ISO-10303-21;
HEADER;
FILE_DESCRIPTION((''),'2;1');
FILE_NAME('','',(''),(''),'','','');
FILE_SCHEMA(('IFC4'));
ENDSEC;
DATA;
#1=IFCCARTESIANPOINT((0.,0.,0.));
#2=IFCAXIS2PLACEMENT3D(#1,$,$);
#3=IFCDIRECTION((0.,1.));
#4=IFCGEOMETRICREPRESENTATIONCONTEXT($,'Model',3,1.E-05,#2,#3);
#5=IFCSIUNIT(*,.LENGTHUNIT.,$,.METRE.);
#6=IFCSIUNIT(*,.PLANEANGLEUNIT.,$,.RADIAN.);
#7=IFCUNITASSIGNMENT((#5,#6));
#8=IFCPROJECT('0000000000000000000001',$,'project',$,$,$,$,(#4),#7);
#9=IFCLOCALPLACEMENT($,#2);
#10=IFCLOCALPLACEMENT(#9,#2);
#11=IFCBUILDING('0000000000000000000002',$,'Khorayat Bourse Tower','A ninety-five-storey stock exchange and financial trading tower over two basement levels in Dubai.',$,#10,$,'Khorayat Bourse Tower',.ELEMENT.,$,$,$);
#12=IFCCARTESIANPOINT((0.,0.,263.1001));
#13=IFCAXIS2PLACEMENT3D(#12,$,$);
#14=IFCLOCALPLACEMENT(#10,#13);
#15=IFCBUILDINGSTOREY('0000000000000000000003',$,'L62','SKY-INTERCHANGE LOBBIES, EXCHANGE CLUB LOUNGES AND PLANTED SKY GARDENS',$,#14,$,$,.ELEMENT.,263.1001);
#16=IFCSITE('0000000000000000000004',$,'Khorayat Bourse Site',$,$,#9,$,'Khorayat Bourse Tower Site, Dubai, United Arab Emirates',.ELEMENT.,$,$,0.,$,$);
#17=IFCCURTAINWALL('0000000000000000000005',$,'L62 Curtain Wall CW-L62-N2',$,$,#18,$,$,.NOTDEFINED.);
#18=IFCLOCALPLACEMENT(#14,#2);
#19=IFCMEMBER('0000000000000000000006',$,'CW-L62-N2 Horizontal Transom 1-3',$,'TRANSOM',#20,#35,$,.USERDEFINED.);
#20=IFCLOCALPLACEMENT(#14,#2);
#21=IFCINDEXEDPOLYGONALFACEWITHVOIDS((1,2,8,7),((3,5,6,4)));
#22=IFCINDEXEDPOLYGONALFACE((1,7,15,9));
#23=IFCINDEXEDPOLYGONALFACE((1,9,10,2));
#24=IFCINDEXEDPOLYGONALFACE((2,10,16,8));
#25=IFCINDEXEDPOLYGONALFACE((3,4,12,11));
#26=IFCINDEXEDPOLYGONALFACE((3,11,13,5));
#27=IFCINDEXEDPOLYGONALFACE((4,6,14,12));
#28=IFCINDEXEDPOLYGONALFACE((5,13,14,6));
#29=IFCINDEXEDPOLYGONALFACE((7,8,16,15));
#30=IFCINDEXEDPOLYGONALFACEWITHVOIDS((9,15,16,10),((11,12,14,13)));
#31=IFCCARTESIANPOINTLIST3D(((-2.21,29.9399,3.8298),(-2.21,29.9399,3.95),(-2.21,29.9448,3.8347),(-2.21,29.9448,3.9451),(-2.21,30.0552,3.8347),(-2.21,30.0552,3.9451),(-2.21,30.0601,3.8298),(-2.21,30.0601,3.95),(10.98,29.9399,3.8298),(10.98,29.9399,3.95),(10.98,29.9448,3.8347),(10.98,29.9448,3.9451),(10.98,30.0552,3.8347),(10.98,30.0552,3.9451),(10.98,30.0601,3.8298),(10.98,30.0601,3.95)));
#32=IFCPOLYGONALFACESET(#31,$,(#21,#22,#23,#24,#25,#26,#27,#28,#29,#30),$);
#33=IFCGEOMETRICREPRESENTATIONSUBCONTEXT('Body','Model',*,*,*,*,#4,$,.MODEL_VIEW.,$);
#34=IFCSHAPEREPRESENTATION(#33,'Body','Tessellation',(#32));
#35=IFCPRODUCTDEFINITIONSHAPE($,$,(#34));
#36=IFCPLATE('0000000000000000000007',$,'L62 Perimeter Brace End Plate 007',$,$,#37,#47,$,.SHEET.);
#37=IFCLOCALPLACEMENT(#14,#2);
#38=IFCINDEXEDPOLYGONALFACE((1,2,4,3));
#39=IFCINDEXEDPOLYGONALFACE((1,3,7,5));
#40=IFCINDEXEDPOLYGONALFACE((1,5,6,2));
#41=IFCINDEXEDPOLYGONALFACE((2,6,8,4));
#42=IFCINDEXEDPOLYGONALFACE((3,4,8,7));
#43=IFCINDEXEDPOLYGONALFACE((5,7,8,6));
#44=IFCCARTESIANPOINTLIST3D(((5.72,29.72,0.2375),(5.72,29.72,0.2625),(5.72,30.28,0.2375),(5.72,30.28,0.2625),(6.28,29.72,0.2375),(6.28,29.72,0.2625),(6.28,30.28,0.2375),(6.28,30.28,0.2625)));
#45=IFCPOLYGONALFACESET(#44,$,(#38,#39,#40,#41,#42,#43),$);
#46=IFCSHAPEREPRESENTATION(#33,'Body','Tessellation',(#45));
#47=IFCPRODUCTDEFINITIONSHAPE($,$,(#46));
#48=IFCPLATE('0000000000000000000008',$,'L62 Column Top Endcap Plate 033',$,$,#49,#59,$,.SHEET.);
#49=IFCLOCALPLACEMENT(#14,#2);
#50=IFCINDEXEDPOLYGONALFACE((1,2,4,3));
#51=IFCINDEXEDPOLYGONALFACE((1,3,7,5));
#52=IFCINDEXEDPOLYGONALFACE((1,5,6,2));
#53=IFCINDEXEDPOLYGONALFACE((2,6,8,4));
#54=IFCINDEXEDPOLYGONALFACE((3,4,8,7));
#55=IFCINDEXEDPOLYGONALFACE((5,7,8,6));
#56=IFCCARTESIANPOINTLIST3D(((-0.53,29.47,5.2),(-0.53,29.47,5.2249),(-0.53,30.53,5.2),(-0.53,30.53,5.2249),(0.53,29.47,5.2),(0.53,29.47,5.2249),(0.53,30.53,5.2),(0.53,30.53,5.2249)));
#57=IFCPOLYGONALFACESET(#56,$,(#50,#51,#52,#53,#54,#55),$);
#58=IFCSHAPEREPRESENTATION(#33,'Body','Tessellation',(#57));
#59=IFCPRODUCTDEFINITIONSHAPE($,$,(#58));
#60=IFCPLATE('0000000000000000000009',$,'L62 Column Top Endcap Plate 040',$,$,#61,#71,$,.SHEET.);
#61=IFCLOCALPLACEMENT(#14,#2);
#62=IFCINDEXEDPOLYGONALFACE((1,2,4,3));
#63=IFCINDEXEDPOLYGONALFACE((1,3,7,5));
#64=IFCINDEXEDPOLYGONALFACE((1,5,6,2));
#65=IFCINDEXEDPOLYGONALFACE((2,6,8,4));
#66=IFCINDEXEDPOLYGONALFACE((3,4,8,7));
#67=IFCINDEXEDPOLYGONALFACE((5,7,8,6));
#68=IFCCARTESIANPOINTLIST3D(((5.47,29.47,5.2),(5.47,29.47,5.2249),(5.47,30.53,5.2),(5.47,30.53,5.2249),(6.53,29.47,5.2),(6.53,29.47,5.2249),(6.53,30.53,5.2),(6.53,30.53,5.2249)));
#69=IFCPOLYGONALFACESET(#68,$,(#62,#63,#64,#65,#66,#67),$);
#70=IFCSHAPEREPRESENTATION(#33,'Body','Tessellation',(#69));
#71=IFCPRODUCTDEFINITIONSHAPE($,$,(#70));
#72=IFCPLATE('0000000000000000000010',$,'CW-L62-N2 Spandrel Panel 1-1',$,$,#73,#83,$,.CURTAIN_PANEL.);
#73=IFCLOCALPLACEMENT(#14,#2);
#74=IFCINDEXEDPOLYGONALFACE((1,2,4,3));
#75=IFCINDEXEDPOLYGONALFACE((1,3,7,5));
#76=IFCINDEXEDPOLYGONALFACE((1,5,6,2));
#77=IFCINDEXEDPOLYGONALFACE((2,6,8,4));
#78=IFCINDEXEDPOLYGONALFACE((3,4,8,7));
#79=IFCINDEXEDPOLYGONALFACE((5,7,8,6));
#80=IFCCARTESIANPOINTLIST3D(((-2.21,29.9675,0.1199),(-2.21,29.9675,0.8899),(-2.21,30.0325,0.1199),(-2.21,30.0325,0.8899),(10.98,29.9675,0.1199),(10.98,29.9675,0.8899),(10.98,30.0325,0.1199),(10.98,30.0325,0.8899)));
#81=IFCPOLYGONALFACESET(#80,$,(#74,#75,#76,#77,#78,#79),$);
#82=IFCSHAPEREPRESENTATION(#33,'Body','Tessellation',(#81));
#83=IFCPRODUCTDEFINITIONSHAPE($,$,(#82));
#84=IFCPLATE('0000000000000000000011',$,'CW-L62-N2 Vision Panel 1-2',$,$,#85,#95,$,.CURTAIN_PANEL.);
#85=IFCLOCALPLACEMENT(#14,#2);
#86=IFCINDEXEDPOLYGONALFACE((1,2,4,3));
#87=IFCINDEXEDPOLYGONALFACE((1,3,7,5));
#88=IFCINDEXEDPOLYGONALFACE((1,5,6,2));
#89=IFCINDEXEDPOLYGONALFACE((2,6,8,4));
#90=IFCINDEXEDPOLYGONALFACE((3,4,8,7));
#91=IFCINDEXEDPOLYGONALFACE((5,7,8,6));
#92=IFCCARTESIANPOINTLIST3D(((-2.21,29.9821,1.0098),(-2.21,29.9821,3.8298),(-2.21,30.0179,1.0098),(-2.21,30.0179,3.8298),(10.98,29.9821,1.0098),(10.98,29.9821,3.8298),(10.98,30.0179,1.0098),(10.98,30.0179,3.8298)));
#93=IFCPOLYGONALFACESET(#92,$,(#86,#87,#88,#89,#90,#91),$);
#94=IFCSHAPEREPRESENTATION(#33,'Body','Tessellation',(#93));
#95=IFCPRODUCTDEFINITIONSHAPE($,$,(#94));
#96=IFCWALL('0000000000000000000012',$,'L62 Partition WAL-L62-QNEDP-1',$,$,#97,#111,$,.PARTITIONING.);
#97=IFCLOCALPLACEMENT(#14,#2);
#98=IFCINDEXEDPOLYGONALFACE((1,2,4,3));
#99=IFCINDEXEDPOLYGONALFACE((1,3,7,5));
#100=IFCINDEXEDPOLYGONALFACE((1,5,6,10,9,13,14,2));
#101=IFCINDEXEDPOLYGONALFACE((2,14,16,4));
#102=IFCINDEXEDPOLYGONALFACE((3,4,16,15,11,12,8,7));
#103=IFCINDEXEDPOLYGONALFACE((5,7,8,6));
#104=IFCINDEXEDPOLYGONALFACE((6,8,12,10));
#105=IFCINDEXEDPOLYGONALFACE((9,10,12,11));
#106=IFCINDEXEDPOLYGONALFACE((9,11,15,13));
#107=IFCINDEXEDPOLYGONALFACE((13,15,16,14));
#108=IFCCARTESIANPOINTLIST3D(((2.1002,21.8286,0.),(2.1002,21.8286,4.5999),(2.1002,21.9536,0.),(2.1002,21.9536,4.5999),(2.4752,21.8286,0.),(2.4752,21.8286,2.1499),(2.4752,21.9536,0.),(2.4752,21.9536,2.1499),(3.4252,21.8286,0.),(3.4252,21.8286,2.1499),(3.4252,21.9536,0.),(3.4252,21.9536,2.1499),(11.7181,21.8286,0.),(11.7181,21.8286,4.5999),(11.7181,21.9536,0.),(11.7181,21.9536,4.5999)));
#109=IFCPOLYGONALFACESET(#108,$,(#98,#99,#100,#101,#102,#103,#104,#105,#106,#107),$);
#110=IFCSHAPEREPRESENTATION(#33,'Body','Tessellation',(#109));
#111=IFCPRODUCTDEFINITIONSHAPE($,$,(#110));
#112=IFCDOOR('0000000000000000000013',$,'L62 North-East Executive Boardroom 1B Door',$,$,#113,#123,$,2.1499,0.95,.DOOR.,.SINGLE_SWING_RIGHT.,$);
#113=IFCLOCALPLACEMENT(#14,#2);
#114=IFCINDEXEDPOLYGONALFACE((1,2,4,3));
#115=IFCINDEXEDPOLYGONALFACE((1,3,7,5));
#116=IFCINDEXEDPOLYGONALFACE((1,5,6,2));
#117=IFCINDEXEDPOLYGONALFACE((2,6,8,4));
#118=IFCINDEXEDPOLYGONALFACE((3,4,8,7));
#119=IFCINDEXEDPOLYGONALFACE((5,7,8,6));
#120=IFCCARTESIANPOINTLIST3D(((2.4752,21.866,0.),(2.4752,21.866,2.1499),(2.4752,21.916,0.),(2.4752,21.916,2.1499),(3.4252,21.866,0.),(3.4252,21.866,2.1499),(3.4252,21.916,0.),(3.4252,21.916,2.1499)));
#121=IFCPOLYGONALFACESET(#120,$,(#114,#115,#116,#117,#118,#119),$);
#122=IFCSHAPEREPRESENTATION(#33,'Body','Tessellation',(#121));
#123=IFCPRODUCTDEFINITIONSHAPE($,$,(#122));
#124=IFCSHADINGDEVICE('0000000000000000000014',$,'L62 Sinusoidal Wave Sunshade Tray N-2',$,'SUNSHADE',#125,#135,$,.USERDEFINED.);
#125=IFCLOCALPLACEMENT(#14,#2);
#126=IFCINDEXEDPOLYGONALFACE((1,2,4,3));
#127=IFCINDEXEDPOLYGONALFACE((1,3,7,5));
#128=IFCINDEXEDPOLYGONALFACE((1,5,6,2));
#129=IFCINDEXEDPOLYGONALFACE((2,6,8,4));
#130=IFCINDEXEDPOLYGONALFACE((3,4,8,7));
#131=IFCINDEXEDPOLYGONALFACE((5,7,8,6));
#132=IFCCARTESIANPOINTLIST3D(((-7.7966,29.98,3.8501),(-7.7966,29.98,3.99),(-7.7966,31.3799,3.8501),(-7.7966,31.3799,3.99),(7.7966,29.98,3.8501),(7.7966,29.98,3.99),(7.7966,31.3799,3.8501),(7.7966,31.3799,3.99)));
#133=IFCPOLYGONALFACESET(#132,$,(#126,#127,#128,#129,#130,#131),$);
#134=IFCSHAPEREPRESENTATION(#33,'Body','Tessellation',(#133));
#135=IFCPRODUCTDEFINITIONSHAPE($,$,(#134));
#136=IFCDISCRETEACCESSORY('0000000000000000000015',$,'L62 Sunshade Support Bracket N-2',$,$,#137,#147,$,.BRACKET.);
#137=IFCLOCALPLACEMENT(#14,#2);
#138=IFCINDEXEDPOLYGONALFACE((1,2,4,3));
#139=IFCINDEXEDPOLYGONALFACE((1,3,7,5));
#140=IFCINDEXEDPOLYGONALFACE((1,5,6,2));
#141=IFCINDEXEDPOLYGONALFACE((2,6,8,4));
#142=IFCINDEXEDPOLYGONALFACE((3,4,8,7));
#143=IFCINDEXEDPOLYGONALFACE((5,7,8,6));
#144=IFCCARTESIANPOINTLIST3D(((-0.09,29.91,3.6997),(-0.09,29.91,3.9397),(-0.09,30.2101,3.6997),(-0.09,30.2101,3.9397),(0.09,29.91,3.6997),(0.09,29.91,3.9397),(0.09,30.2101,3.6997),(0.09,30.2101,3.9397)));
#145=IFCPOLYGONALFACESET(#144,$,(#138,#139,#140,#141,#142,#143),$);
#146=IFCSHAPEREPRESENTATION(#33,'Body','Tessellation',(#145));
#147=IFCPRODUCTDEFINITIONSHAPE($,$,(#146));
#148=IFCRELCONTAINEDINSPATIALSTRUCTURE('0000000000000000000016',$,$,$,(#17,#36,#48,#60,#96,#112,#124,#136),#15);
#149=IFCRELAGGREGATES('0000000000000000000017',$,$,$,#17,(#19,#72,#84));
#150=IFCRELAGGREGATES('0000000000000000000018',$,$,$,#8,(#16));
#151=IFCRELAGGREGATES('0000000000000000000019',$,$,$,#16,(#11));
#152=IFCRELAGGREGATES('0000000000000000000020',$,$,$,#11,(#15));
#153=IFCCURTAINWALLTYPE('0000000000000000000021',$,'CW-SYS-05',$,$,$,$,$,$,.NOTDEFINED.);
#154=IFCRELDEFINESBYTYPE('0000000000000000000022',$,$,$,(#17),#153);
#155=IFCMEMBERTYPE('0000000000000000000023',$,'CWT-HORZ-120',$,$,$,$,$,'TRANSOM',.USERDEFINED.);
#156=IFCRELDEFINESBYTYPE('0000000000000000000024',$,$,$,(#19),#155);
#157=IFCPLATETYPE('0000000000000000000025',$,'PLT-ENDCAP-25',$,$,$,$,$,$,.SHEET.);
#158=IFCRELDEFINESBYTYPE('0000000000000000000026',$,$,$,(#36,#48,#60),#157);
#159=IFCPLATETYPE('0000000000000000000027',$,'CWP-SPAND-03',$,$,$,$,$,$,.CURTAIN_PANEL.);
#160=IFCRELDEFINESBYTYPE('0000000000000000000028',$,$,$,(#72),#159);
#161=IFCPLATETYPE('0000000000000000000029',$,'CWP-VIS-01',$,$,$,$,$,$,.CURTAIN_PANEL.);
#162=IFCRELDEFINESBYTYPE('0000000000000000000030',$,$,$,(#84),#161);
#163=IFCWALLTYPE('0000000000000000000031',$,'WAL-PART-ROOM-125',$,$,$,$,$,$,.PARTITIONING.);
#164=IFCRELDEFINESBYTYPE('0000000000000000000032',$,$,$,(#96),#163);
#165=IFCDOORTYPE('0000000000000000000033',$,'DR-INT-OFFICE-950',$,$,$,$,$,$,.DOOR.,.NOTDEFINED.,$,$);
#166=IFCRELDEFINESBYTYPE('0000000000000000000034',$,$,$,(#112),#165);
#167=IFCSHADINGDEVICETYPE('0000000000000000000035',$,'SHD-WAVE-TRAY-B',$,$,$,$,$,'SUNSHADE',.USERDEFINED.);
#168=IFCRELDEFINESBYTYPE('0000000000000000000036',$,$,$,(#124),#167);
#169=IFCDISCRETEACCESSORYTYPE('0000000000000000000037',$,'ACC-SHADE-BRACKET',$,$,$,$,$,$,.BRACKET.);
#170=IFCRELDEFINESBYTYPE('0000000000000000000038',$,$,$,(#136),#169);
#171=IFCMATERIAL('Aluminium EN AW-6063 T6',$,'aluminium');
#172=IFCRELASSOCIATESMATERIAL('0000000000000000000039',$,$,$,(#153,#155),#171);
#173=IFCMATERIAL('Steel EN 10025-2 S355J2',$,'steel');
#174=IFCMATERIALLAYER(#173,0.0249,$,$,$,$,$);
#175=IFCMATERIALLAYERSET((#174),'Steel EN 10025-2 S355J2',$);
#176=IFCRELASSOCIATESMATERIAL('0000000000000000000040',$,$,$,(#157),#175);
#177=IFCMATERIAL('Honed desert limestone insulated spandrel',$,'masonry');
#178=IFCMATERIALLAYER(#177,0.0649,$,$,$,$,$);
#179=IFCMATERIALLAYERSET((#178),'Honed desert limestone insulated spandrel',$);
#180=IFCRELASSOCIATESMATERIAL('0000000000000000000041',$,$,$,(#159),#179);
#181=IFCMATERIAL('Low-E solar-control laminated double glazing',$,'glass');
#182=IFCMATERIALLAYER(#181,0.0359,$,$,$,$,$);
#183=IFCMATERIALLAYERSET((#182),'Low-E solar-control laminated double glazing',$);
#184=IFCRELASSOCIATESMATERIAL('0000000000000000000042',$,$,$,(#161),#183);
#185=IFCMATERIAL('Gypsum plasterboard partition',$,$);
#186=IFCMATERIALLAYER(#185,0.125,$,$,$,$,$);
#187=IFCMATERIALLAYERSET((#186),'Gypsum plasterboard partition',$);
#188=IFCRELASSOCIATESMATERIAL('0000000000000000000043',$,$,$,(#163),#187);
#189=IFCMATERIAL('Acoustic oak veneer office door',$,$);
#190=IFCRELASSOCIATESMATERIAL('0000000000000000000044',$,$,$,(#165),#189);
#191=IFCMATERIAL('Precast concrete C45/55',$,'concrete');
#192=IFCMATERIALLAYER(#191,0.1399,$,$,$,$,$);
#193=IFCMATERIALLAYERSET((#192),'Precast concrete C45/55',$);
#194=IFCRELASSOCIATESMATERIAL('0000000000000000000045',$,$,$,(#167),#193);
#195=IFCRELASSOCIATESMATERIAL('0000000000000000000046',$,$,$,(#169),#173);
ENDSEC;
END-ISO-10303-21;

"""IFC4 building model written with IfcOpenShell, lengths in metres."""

from ifc_helpers import new_model, si_unit, direction, frame, frame_2d, origin, origin_2d, place, context, subcontext, project, spatial, rectangle, hollow_rectangle, extrude, source, transform, mapped, material, layer, layer_set, material_profile, profile_set, type_object, element, fill, aggregate, save


model = new_model("IFC4")

# Units and contexts
model_context = context("Model", 3, precision=1e-05, world=origin(), true_north=direction((0.0, 1.0)))
body_context = subcontext(model_context, "Body", "Model", "MODEL_VIEW")
ifc_project = project(units=[si_unit("LENGTHUNIT", "METRE"), si_unit("PLANEANGLEUNIT", "RADIAN")], contexts=[model_context])

# Site, building, storey
site_placement = place(None, origin())
site = spatial("IfcSite", under=ifc_project, at=site_placement, Name="Khorayat Bourse Site", LongName="Khorayat Bourse Tower Site, Dubai, United Arab Emirates", CompositionType="ELEMENT", RefElevation=0.0)
building_placement = place(site_placement, origin())
building = spatial("IfcBuilding", under=site, at=building_placement, Name="Khorayat Bourse Tower", Description="A ninety-five-storey stock exchange and financial trading tower over two basement levels in Dubai.", LongName="Khorayat Bourse Tower", CompositionType="ELEMENT")
storey_placement = place(building_placement, frame((0.0, 0.0, 263.1001)))
storey = spatial("IfcBuildingStorey", under=building, at=storey_placement, Name="L62", Description="SKY-INTERCHANGE LOBBIES, EXCHANGE CLUB LOUNGES AND PLANTED SKY GARDENS", CompositionType="ELEMENT", Elevation=263.1001)

# Curtain wall, member
ifc_material_1 = material(Name="Aluminium EN AW-6063 T6", Category="aluminium")
curtain_wall_type = type_object("IfcCurtainWallType", Name="CW-SYS-05", PredefinedType="NOTDEFINED", material=ifc_material_1)
curtain_wall_placement = place(storey_placement, origin())
curtain_wall = element("IfcCurtainWall", 1, at=curtain_wall_placement, inside=storey, type_object=curtain_wall_type, Name="L62 Curtain Wall CW-L62-N2", PredefinedType="NOTDEFINED")
ifc_material_profile_1 = material_profile(ifc_material_1, hollow_rectangle(XDim=0.1201, YDim=0.1201, WallThickness=0.0049, at=origin_2d()), Name="ALU 120x120x5")
ifc_profile_set_1 = profile_set([ifc_material_profile_1], Name="Aluminium EN AW-6063 T6")
member_type_1 = type_object("IfcMemberType", Name="CWT-HORZ-120", ElementType="TRANSOM", PredefinedType="USERDEFINED", material=ifc_profile_set_1)
shared_shape_1 = source(origin(), body_context, "Body", "SweptSolid", [
    extrude(hollow_rectangle(XDim=0.1201, YDim=0.1201, WallThickness=0.0049, at=origin_2d()), origin(), (0.0, 0.0, 1.0), 13.1899),
])
member_1_placement = place(storey_placement, frame((-2.21, 30.0, 3.8899), z_axis=(1.0, 0.0, 0.0), x_axis=(0.0, 1.0, 0.0)))
member_1 = element("IfcMember", 2, at=member_1_placement, type_object=member_type_1, Name="CW-L62-N2 Horizontal Transom 1-3", ObjectType="TRANSOM", PredefinedType="USERDEFINED", context=body_context, shape_type="MappedRepresentation", body=[
    mapped(shared_shape_1, transform((0.0, 0.0, 0.0), scale=1.0)),
])

# Plates
ifc_material_2 = material(Name="Steel EN 10025-2 S355J2", Category="steel")
ifc_layer_1 = layer(ifc_material_2, 0.0249)
ifc_layer_set_1 = layer_set([ifc_layer_1], Name="Steel EN 10025-2 S355J2")
plate_type_1 = type_object("IfcPlateType", Name="PLT-ENDCAP-25", PredefinedType="SHEET", material=ifc_layer_set_1)
shared_shape_2 = source(origin(), body_context, "Body", "SweptSolid", [
    extrude(rectangle(XDim=0.5601, YDim=0.5601, at=origin_2d()), origin(), (0.0, 0.0, 1.0), 0.0249),
])
plate_1_placement = place(storey_placement, frame((6.0, 30.0, 0.2375), z_axis=(0.0, 0.0, 1.0), x_axis=(1.0, 0.0, 0.0)))
element("IfcPlate", 3, at=plate_1_placement, inside=storey, type_object=plate_type_1, Name="L62 Perimeter Brace End Plate 007", PredefinedType="SHEET", context=body_context, shape_type="MappedRepresentation", body=[
    mapped(shared_shape_2, transform((0.0, 0.0, 0.0), scale=1.0)),
])
shared_shape_3 = source(origin(), body_context, "Body", "SweptSolid", [
    extrude(rectangle(XDim=1.0601, YDim=1.0601, at=origin_2d()), origin(), (0.0, 0.0, 1.0), 0.0249),
])
for number, where, z_axis, x_axis, name in (
    (4, (0.0, 30.0, 5.2), (0.0, 0.0, 1.0), (1.0, 0.0, 0.0), "L62 Column Top Endcap Plate 033"),
    (5, (6.0, 30.0, 5.2), (0.0, 0.0, 1.0), (1.0, 0.0, 0.0), "L62 Column Top Endcap Plate 040"),
):
    element("IfcPlate", number, at=place(storey_placement, frame(where, z_axis=z_axis, x_axis=x_axis)), inside=storey, type_object=plate_type_1, Name=name, PredefinedType="SHEET", context=body_context, shape_type="MappedRepresentation", body=[
        mapped(shared_shape_3, transform((0.0, 0.0, 0.0), scale=1.0)),
    ])

# Plates
ifc_material_3 = material(Name="Honed desert limestone insulated spandrel", Category="masonry")
ifc_layer_2 = layer(ifc_material_3, 0.0649)
ifc_layer_set_2 = layer_set([ifc_layer_2], Name="Honed desert limestone insulated spandrel")
plate_type_2 = type_object("IfcPlateType", Name="CWP-SPAND-03", PredefinedType="CURTAIN_PANEL", material=ifc_layer_set_2)
shared_shape_4 = source(origin(), body_context, "Body", "SweptSolid", [
    extrude(rectangle(XDim=13.1899, YDim=0.0649, at=origin_2d()), origin(), (0.0, 0.0, 1.0), 0.77),
])
plate_2_placement = place(storey_placement, frame((4.385, 30.0, 0.1199), z_axis=(0.0, 0.0, 1.0), x_axis=(1.0, 0.0, 0.0)))
plate_2 = element("IfcPlate", 6, at=plate_2_placement, type_object=plate_type_2, Name="CW-L62-N2 Spandrel Panel 1-1", PredefinedType="CURTAIN_PANEL", context=body_context, shape_type="MappedRepresentation", body=[
    mapped(shared_shape_4, transform((0.0, 0.0, 0.0), scale=1.0)),
])
ifc_material_4 = material(Name="Low-E solar-control laminated double glazing", Category="glass")
ifc_layer_3 = layer(ifc_material_4, 0.0359)
ifc_layer_set_3 = layer_set([ifc_layer_3], Name="Low-E solar-control laminated double glazing")
plate_type_3 = type_object("IfcPlateType", Name="CWP-VIS-01", PredefinedType="CURTAIN_PANEL", material=ifc_layer_set_3)
shared_shape_5 = source(origin(), body_context, "Body", "SweptSolid", [
    extrude(rectangle(XDim=13.1899, YDim=0.0359, at=origin_2d()), origin(), (0.0, 0.0, 1.0), 2.8201),
])
plate_3_placement = place(storey_placement, frame((4.385, 30.0, 1.0098), z_axis=(0.0, 0.0, 1.0), x_axis=(1.0, 0.0, 0.0)))
plate_3 = element("IfcPlate", 7, at=plate_3_placement, type_object=plate_type_3, Name="CW-L62-N2 Vision Panel 1-2", PredefinedType="CURTAIN_PANEL", context=body_context, shape_type="MappedRepresentation", body=[
    mapped(shared_shape_5, transform((0.0, 0.0, 0.0), scale=1.0)),
])
aggregate(curtain_wall, [member_1, plate_2, plate_3])

# Wall, opening, door
ifc_material_5 = material(Name="Gypsum plasterboard partition")
ifc_layer_4 = layer(ifc_material_5, 0.125)
ifc_layer_set_4 = layer_set([ifc_layer_4], Name="Gypsum plasterboard partition")
wall_type = type_object("IfcWallType", Name="WAL-PART-ROOM-125", PredefinedType="PARTITIONING", material=ifc_layer_set_4)
shared_shape_6 = source(origin(), body_context, "Body", "SweptSolid", [
    extrude(rectangle(XDim=9.6179, YDim=0.125, at=frame_2d((4.8091, 0.0))), origin(), (0.0, 0.0, 1.0), 4.5999),
])
wall_placement = place(storey_placement, frame((2.1001, 21.8911, 0.0), z_axis=(0.0, 0.0, 1.0), x_axis=(1.0, 0.0, 0.0)))
wall = element("IfcWall", 8, at=wall_placement, inside=storey, type_object=wall_type, Name="L62 Partition WAL-L62-QNEDP-1", PredefinedType="PARTITIONING", context=body_context, shape_type="MappedRepresentation", body=[
    mapped(shared_shape_6, transform((0.0, 0.0, 0.0), scale=1.0)),
])
shared_shape_7 = source(origin(), body_context, "Body", "SweptSolid", [
    extrude(rectangle(XDim=0.95, YDim=2.1499, at=frame_2d((0.4751, 1.075))), frame((0.0, 0.0725, 0.0), z_axis=(0.0, -1.0, 0.0), x_axis=(1.0, 0.0, 0.0)), (0.0, 0.0, 1.0), 0.145),
])
opening_placement = place(wall_placement, frame((0.375, 0.0, 0.0)))
opening = element("IfcOpeningElement", 9, at=opening_placement, cuts=wall, PredefinedType="OPENING", context=body_context, shape_type="MappedRepresentation", body=[
    mapped(shared_shape_7, transform((0.0, 0.0, 0.0), scale=1.0)),
])
ifc_material_6 = material(Name="Acoustic oak veneer office door")
door_type = type_object("IfcDoorType", Name="DR-INT-OFFICE-950", OperationType="NOTDEFINED", PredefinedType="DOOR", material=ifc_material_6)
shared_shape_8 = source(origin(), body_context, "Body", "SweptSolid", [
    extrude(rectangle(XDim=0.95, YDim=2.1499, at=frame_2d((0.4751, 1.075))), frame((0.0, 0.0249, 0.0), z_axis=(0.0, -1.0, 0.0), x_axis=(1.0, 0.0, 0.0)), (0.0, 0.0, 1.0), 0.05),
])
door_placement = place(opening_placement, origin())
door = element("IfcDoor", 10, at=door_placement, inside=storey, type_object=door_type, Name="L62 North-East Executive Boardroom 1B Door", OperationType="SINGLE_SWING_RIGHT", OverallHeight=2.1499, OverallWidth=0.95, PredefinedType="DOOR", context=body_context, shape_type="MappedRepresentation", body=[
    mapped(shared_shape_8, transform((0.0, 0.0, 0.0), scale=1.0)),
])
fill(opening, door)

# Shading device
ifc_material_7 = material(Name="Precast concrete C45/55", Category="concrete")
ifc_layer_5 = layer(ifc_material_7, 0.1399)
ifc_layer_set_5 = layer_set([ifc_layer_5], Name="Precast concrete C45/55")
shading_device_type = type_object("IfcShadingDeviceType", Name="SHD-WAVE-TRAY-B", ElementType="SUNSHADE", PredefinedType="USERDEFINED", material=ifc_layer_set_5)
shared_shape_9 = source(origin(), body_context, "Body", "SweptSolid", [
    extrude(rectangle(XDim=15.5933, YDim=1.3999, at=origin_2d()), origin(), (0.0, 0.0, 1.0), 0.1399),
])
shading_device_placement = place(storey_placement, frame((0.0, 30.6799, 3.8501), z_axis=(0.0, 0.0, 1.0), x_axis=(1.0, 0.0, 0.0)))
element("IfcShadingDevice", 11, at=shading_device_placement, inside=storey, type_object=shading_device_type, Name="L62 Sinusoidal Wave Sunshade Tray N-2", ObjectType="SUNSHADE", PredefinedType="USERDEFINED", context=body_context, shape_type="MappedRepresentation", body=[
    mapped(shared_shape_9, transform((0.0, 0.0, 0.0), scale=1.0)),
])

# Discrete accessory
discrete_accessory_type = type_object("IfcDiscreteAccessoryType", Name="ACC-SHADE-BRACKET", PredefinedType="BRACKET", material=ifc_material_2)
shared_shape_10 = source(origin(), body_context, "Body", "SweptSolid", [
    extrude(rectangle(XDim=0.1799, YDim=0.3, at=origin_2d()), origin(), (0.0, 0.0, 1.0), 0.24),
])
discrete_accessory_placement = place(storey_placement, frame((0.0, 30.0601, 3.6997), z_axis=(0.0, 0.0, 1.0), x_axis=(1.0, 0.0, 0.0)))
element("IfcDiscreteAccessory", 12, at=discrete_accessory_placement, inside=storey, type_object=discrete_accessory_type, Name="L62 Sunshade Support Bracket N-2", PredefinedType="BRACKET", context=body_context, shape_type="MappedRepresentation", body=[
    mapped(shared_shape_10, transform((0.0, 0.0, 0.0), scale=1.0)),
])

save(model, "model.ifc")
